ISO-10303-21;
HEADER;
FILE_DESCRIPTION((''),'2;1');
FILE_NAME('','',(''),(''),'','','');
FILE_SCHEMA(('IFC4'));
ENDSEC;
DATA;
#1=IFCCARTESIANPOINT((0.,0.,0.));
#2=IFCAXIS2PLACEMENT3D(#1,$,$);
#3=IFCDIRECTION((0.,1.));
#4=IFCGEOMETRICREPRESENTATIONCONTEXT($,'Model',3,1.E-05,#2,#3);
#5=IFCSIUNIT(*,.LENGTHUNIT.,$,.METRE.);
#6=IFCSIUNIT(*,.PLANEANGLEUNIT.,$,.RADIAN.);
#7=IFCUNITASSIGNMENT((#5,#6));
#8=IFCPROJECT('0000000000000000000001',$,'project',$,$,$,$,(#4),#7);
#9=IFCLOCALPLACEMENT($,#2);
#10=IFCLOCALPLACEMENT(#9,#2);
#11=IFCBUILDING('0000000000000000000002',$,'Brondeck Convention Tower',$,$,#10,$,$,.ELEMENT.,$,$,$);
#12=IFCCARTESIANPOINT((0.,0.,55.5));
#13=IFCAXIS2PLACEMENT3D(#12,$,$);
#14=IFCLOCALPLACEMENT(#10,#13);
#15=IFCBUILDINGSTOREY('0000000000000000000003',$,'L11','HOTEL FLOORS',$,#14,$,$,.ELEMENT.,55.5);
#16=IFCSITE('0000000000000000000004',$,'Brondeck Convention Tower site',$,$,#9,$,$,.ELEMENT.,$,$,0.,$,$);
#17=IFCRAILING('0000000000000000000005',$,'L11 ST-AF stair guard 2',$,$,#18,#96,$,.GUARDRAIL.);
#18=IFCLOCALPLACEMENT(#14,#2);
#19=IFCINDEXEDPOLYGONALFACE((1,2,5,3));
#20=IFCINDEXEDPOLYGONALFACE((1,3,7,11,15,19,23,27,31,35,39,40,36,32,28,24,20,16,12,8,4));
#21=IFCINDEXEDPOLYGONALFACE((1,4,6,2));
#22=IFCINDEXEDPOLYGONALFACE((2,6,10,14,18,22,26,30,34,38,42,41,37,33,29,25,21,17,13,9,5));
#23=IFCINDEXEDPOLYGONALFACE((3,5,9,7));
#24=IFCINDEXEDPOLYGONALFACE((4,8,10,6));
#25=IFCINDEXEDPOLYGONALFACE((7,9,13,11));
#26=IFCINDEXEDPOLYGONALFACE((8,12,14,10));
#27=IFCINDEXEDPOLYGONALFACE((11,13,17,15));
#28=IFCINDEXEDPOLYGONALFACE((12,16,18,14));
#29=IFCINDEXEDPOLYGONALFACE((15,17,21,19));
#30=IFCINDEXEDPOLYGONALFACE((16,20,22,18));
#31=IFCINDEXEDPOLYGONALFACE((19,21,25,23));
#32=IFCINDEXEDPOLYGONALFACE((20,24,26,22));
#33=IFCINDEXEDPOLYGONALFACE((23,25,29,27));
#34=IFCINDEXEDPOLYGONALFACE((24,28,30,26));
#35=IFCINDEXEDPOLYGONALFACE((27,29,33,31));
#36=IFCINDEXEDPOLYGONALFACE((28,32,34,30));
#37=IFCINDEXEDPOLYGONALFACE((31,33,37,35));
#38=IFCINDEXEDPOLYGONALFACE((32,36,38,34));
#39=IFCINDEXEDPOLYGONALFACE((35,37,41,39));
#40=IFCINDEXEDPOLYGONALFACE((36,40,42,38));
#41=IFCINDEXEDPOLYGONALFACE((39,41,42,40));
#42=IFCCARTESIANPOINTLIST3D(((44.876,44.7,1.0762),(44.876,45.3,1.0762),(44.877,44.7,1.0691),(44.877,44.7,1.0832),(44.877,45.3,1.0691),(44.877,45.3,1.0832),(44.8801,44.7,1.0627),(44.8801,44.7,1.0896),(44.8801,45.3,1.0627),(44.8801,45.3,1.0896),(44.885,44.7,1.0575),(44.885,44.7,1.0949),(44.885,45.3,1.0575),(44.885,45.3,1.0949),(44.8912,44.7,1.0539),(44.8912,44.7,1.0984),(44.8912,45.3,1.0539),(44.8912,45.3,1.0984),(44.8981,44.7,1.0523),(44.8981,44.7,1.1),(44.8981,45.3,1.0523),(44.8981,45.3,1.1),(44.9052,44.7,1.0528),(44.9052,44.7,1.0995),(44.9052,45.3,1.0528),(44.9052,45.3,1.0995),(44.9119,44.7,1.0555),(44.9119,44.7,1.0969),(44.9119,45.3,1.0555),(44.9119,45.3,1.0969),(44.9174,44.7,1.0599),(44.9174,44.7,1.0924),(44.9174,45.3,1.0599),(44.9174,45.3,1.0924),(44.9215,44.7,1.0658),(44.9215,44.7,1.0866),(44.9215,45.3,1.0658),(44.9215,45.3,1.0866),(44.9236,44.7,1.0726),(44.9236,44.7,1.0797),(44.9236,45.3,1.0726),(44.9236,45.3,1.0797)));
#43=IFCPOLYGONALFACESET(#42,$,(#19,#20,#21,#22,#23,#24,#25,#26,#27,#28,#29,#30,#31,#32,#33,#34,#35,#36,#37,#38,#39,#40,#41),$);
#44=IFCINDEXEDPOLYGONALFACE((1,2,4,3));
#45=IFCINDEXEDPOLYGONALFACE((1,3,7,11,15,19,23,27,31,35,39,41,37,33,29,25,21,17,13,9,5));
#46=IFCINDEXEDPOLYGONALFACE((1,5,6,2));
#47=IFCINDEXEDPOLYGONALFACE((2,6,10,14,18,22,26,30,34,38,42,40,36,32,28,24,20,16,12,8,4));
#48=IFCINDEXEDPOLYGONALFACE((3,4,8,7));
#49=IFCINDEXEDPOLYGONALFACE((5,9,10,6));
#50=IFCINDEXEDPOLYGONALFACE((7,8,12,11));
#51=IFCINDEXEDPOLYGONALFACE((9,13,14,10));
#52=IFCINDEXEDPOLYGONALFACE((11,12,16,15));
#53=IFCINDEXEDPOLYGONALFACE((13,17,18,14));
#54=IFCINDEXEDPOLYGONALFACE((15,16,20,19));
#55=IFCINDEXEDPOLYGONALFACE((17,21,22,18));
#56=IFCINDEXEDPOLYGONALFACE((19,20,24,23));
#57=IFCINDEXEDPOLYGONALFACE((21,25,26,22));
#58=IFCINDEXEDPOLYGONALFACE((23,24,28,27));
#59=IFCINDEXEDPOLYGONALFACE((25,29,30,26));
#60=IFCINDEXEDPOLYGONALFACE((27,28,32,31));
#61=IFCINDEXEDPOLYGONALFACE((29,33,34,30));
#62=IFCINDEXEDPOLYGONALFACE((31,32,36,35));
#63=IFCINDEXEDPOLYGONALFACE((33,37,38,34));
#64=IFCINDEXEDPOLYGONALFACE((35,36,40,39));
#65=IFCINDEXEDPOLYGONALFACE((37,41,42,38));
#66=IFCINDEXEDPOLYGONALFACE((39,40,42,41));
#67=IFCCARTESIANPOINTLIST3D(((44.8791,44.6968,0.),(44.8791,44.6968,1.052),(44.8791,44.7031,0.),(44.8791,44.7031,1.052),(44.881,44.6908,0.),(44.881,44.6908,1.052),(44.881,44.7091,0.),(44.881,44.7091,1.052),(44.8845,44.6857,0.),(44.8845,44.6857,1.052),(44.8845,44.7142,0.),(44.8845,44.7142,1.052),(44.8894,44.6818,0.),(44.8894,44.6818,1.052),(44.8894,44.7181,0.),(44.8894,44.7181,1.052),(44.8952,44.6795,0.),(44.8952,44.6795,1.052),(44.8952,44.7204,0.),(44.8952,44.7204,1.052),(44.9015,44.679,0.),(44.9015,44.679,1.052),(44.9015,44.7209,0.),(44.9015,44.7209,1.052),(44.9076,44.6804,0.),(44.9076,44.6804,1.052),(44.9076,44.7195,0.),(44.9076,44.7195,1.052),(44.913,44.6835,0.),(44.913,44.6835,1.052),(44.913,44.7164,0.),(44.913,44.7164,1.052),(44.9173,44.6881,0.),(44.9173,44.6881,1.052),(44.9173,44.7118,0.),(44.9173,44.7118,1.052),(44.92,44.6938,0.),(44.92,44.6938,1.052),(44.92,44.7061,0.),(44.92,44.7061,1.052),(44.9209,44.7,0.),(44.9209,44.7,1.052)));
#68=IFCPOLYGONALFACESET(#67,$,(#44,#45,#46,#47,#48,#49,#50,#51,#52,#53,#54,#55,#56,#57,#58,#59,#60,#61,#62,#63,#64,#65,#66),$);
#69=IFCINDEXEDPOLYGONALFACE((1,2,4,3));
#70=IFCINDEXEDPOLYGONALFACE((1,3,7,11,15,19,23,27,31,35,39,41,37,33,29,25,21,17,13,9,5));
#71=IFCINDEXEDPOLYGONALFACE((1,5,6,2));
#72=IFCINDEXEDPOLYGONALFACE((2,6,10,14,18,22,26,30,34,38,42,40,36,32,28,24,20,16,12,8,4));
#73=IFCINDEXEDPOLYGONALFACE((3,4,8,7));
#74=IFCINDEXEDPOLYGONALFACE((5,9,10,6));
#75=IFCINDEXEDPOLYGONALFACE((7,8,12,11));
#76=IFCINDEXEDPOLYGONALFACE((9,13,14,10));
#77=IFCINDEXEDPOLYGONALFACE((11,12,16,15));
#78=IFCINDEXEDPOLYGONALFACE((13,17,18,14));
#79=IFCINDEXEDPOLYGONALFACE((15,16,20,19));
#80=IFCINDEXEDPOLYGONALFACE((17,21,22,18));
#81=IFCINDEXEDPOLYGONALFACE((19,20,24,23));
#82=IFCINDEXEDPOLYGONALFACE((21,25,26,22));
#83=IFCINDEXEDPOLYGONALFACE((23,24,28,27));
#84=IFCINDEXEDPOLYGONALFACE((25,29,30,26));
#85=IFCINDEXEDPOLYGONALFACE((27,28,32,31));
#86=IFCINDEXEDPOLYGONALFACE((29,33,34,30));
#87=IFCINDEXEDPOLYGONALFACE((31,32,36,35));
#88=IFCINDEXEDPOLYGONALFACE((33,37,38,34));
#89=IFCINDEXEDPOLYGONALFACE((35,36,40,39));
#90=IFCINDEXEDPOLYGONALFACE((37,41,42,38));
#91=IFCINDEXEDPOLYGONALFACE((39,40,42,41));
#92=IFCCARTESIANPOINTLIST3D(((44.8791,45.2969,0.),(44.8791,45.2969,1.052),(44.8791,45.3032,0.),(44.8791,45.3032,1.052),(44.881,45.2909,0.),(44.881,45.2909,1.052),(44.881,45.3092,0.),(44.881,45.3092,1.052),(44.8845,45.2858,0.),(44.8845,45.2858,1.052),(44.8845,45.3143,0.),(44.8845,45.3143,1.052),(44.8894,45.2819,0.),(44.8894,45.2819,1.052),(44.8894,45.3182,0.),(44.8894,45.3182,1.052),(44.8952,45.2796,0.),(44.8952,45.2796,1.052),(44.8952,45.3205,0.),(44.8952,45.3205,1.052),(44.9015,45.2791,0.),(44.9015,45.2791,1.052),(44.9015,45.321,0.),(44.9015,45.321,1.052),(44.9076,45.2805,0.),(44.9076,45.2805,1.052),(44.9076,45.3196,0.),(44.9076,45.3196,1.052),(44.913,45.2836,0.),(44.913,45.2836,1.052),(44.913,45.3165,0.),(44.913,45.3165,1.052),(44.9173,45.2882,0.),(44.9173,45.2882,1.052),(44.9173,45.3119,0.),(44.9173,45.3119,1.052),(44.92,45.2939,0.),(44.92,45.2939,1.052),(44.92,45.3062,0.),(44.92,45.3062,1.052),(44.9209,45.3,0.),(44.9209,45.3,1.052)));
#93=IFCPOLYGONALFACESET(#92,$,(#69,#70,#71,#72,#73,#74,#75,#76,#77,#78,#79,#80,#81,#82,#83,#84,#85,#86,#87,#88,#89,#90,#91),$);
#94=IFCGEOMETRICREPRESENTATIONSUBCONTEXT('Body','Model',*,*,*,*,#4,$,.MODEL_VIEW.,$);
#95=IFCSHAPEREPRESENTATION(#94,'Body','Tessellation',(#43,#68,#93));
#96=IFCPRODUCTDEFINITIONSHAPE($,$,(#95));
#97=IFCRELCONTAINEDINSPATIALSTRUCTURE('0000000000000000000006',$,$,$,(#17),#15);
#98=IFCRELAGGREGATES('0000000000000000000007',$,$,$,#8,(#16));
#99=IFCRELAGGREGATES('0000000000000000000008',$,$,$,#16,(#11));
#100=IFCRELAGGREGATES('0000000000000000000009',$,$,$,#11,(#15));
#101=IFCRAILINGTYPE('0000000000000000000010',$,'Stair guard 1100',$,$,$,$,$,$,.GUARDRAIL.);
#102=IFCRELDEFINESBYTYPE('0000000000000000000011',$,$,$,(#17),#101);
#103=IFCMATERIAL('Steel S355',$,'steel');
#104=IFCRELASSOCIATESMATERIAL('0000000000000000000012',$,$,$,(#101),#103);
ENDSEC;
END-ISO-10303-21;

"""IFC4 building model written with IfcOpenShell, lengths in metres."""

from ifc_helpers import new_model, si_unit, direction, frame, origin, origin_2d, place, context, subcontext, project, spatial, circle, extrude, material, type_object, element, save


model = new_model("IFC4")

# Units and contexts
model_context = context("Model", 3, precision=1e-05, world=origin(), true_north=direction((0.0, 1.0)))
body_context = subcontext(model_context, "Body", "Model", "MODEL_VIEW")
ifc_project = project(units=[si_unit("LENGTHUNIT", "METRE"), si_unit("PLANEANGLEUNIT", "RADIAN")], contexts=[model_context])

# Site, building, storey
site_placement = place(None, origin())
site = spatial("IfcSite", under=ifc_project, at=site_placement, Name="Brondeck Convention Tower site", CompositionType="ELEMENT", RefElevation=0.0)
building_placement = place(site_placement, origin())
building = spatial("IfcBuilding", under=site, at=building_placement, Name="Brondeck Convention Tower", CompositionType="ELEMENT")
storey_placement = place(building_placement, frame((0.0, 0.0, 55.5)))
storey = spatial("IfcBuildingStorey", under=building, at=storey_placement, Name="L11", Description="HOTEL FLOORS", CompositionType="ELEMENT", Elevation=55.5)

# Shared definitions
ifc_material_1 = material(Name="Steel S355", Category="steel")

# Railing
railing_type_1 = type_object("IfcRailingType", Name="Stair guard 1100", PredefinedType="GUARDRAIL", material=ifc_material_1)
railing_1_placement = place(storey_placement, frame((44.8999, 44.7, 0.0)))
element("IfcRailing", 1, at=railing_1_placement, inside=storey, type_object=railing_type_1, Name="L11 ST-AF stair guard 2", PredefinedType="GUARDRAIL", context=body_context, shape_type="SweptSolid", body=[
    extrude(circle(Radius=0.0239, at=origin_2d()), frame((0.0, 0.0, 1.0762), z_axis=(0.0, 1.0, 0.0), x_axis=(-1.0, 0.0, 0.0)), (0.0, 0.0, 1.0), 0.6001),
    extrude(circle(Radius=0.021, at=origin_2d()), origin(), (0.0, 0.0, 1.0), 1.052),
    extrude(circle(Radius=0.021, at=origin_2d()), frame((0.0, 0.6001, 0.0)), (0.0, 0.0, 1.0), 1.052),
])

save(model, "model.ifc")
